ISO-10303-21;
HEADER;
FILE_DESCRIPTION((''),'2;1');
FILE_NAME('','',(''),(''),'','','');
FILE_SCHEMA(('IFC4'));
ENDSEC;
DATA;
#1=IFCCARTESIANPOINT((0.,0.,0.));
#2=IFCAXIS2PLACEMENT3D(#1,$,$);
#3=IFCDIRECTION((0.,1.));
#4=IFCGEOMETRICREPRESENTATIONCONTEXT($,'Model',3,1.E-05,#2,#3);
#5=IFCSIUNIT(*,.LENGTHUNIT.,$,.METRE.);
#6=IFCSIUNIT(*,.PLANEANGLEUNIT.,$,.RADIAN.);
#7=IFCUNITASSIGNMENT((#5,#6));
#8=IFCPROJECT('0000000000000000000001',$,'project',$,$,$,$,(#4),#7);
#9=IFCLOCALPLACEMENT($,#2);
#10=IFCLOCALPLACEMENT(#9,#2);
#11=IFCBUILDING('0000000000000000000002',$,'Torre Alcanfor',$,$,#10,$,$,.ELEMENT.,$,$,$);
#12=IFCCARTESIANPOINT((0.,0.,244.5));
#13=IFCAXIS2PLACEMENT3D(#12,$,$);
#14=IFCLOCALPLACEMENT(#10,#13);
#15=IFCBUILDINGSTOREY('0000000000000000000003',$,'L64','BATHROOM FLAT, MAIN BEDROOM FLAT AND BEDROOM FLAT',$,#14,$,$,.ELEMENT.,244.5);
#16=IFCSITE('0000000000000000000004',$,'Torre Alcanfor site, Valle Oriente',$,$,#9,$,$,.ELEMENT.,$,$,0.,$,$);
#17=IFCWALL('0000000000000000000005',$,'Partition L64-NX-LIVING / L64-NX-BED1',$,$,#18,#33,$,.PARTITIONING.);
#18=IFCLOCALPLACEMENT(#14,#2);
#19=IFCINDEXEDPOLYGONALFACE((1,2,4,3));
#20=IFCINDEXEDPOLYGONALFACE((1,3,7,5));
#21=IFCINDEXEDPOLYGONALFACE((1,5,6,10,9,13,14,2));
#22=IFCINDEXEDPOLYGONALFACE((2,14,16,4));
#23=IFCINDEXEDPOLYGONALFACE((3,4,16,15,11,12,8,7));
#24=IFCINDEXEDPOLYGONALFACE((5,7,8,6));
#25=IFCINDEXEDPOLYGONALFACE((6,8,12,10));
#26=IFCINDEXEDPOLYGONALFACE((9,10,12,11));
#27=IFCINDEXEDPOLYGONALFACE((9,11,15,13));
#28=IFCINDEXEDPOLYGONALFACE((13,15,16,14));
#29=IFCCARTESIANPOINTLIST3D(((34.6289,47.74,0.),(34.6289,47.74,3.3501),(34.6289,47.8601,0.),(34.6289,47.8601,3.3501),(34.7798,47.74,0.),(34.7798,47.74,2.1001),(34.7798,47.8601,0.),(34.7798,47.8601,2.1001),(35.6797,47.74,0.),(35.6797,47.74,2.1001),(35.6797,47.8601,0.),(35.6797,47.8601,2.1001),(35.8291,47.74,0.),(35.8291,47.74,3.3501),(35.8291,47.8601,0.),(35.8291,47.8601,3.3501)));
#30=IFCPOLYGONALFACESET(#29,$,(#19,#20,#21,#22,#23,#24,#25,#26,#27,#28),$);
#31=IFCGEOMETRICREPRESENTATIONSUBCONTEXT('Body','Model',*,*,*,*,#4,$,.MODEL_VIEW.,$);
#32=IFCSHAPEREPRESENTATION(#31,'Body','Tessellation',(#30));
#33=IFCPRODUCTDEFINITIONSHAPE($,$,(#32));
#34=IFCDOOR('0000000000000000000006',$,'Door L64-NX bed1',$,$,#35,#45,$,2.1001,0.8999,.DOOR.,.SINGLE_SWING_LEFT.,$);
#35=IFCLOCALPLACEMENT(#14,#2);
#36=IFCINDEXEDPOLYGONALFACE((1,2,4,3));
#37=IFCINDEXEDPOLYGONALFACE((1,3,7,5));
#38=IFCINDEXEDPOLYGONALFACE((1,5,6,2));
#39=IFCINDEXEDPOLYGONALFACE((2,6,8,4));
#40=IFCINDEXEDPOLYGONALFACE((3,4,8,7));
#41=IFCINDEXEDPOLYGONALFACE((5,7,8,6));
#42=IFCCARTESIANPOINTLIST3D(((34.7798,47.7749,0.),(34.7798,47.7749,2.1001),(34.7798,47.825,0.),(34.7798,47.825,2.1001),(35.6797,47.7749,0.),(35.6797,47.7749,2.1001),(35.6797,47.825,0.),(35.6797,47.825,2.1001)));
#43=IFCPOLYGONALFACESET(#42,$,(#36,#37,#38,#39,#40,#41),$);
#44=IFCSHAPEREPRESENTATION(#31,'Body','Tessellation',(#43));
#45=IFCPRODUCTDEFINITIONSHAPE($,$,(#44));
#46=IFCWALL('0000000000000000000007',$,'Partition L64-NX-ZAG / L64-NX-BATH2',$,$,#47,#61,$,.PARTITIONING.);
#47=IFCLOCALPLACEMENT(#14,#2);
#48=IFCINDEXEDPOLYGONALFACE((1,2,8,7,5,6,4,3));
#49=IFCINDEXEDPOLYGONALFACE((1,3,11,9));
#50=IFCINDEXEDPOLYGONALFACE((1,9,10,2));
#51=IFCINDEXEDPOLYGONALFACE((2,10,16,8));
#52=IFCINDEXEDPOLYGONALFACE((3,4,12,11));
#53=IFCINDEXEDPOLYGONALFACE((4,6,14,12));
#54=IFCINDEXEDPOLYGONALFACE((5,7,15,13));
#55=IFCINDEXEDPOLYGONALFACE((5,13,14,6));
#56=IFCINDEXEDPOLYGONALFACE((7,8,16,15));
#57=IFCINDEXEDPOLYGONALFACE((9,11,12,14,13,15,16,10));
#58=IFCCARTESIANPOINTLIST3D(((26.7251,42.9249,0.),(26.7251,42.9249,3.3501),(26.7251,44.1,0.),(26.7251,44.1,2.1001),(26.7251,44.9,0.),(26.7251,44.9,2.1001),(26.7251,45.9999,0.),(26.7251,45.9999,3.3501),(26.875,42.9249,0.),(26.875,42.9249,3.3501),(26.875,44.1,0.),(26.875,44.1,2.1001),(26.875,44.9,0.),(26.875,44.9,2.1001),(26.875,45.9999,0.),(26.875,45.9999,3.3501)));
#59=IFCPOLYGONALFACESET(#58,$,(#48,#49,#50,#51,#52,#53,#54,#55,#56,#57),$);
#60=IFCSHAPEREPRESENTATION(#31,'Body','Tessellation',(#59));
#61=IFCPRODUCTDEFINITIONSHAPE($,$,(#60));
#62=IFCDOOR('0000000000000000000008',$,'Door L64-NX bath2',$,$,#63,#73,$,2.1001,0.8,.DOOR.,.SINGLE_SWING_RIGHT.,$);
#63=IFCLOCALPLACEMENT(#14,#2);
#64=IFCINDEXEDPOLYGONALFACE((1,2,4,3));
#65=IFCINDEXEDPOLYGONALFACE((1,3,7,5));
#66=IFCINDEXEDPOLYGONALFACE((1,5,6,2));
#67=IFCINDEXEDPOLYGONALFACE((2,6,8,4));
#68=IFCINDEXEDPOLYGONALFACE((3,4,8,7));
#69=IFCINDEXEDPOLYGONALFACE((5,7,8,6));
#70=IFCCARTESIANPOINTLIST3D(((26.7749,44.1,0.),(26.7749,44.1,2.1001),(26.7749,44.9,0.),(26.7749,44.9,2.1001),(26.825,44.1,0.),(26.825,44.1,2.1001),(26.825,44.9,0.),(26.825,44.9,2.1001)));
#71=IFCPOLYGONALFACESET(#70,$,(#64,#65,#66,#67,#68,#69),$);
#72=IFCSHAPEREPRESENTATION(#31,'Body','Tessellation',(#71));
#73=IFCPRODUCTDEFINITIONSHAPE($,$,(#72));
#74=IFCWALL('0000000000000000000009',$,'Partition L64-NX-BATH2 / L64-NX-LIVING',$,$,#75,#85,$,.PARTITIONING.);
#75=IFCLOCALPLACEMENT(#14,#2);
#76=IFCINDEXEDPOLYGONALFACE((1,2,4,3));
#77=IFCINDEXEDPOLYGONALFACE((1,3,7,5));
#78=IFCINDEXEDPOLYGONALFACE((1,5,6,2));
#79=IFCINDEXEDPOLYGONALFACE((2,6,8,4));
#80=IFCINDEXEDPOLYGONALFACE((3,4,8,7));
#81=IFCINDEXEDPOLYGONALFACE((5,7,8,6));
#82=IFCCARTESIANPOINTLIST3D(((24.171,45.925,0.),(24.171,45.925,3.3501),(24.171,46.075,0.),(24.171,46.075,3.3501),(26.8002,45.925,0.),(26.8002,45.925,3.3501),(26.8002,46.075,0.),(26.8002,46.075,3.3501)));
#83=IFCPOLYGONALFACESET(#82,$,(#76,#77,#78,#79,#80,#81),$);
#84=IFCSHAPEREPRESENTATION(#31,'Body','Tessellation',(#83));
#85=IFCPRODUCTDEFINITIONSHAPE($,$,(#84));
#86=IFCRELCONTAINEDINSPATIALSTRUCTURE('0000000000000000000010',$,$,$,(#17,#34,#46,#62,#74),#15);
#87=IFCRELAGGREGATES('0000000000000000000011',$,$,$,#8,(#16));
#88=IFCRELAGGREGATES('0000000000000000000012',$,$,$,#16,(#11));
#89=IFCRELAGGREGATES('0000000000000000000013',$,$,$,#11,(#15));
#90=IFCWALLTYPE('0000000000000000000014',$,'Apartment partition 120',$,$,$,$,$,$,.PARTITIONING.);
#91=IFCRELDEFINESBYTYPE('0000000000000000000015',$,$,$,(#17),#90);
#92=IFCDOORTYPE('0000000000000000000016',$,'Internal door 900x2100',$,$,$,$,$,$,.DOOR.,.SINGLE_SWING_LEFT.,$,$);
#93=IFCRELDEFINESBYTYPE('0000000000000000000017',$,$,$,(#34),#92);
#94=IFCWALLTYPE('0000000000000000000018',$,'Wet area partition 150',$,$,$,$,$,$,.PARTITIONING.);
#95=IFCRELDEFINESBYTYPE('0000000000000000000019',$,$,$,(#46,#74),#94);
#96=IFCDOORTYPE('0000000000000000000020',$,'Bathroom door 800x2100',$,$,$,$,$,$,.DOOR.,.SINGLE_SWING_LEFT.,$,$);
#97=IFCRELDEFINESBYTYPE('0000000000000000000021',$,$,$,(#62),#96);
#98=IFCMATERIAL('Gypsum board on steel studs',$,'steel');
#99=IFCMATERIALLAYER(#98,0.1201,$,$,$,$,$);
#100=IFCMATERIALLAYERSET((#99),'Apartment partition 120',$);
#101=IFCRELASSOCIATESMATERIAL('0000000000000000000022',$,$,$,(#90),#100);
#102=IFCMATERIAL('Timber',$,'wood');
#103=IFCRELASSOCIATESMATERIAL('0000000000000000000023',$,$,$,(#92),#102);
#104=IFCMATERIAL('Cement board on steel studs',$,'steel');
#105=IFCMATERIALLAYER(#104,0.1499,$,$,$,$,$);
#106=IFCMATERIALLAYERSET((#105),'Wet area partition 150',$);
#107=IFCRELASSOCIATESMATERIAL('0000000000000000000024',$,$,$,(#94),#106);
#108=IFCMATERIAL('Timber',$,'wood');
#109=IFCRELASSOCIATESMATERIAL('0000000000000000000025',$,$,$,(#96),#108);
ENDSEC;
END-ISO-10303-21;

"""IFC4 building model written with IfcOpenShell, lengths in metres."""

from ifc_helpers import new_model, si_unit, direction, frame, frame_2d, origin, place, context, subcontext, project, spatial, rectangle, extrude, material, layer, layer_set, type_object, element, fill, save


model = new_model("IFC4")

# Units and contexts
model_context = context("Model", 3, precision=1e-05, world=origin(), true_north=direction((0.0, 1.0)))
body_context = subcontext(model_context, "Body", "Model", "MODEL_VIEW")
ifc_project = project(units=[si_unit("LENGTHUNIT", "METRE"), si_unit("PLANEANGLEUNIT", "RADIAN")], contexts=[model_context])

# Site, building, storey
site_placement = place(None, origin())
site = spatial("IfcSite", under=ifc_project, at=site_placement, Name="Torre Alcanfor site, Valle Oriente", CompositionType="ELEMENT", RefElevation=0.0)
building_placement = place(site_placement, origin())
building = spatial("IfcBuilding", under=site, at=building_placement, Name="Torre Alcanfor", CompositionType="ELEMENT")
storey_placement = place(building_placement, frame((0.0, 0.0, 244.5)))
storey = spatial("IfcBuildingStorey", under=building, at=storey_placement, Name="L64", Description="BATHROOM FLAT, MAIN BEDROOM FLAT AND BEDROOM FLAT", CompositionType="ELEMENT", Elevation=244.5)

# Shared definitions
ifc_material_1 = material(Name="Gypsum board on steel studs", Category="steel")
ifc_layer_1 = layer(ifc_material_1, 0.1201)
ifc_layer_set_1 = layer_set([ifc_layer_1], Name="Apartment partition 120")
wall_type_1 = type_object("IfcWallType", Name="Apartment partition 120", PredefinedType="PARTITIONING", material=ifc_layer_set_1)
ifc_material_2 = material(Name="Timber", Category="wood")
door_type_1 = type_object("IfcDoorType", Name="Internal door 900x2100", OperationType="SINGLE_SWING_LEFT", PredefinedType="DOOR", material=ifc_material_2)

# Walls, openings, doors
wall_1_placement = place(storey_placement, frame((34.6289, 47.8, 0.0), z_axis=(0.0, 0.0, 1.0), x_axis=(1.0, 0.0, 0.0)))
wall_1 = element("IfcWall", 1, at=wall_1_placement, inside=storey, type_object=wall_type_1, Name="Partition L64-NX-LIVING / L64-NX-BED1", PredefinedType="PARTITIONING", context=body_context, shape_type="SweptSolid", body=[
    extrude(rectangle(XDim=1.2002, YDim=0.1201, at=frame_2d((0.6001, 0.0))), origin(), (0.0, 0.0, 1.0), 3.3501),
])
opening_1_placement = place(wall_1_placement, frame((0.1509, 0.0, 0.0)))
opening_1 = element("IfcOpeningElement", 2, at=opening_1_placement, cuts=wall_1, PredefinedType="OPENING", context=body_context, shape_type="SweptSolid", body=[
    extrude(rectangle(XDim=0.8999, YDim=2.1001, at=frame_2d((0.45, 1.05))), frame((0.0, 0.0701, 0.0), z_axis=(0.0, -1.0, 0.0), x_axis=(1.0, 0.0, 0.0)), (0.0, 0.0, 1.0), 0.1401),
])
door_1_placement = place(opening_1_placement, origin())
door_1 = element("IfcDoor", 3, at=door_1_placement, inside=storey, type_object=door_type_1, Name="Door L64-NX bed1", OperationType="SINGLE_SWING_LEFT", OverallHeight=2.1001, OverallWidth=0.8999, PredefinedType="DOOR", context=body_context, shape_type="SweptSolid", body=[
    extrude(rectangle(XDim=0.8999, YDim=2.1001, at=frame_2d((0.45, 1.05))), frame((0.0, 0.0249, 0.0), z_axis=(0.0, -1.0, 0.0), x_axis=(1.0, 0.0, 0.0)), (0.0, 0.0, 1.0), 0.05),
])
fill(opening_1, door_1)
ifc_material_3 = material(Name="Cement board on steel studs", Category="steel")
ifc_layer_2 = layer(ifc_material_3, 0.1499)
ifc_layer_set_2 = layer_set([ifc_layer_2], Name="Wet area partition 150")
wall_type_2 = type_object("IfcWallType", Name="Wet area partition 150", PredefinedType="PARTITIONING", material=ifc_layer_set_2)
wall_2_placement = place(storey_placement, frame((26.8, 46.0, 0.0), z_axis=(0.0, 0.0, 1.0), x_axis=(0.0, -1.0, 0.0)))
wall_2 = element("IfcWall", 4, at=wall_2_placement, inside=storey, type_object=wall_type_2, Name="Partition L64-NX-ZAG / L64-NX-BATH2", PredefinedType="PARTITIONING", context=body_context, shape_type="SweptSolid", body=[
    extrude(rectangle(XDim=3.075, YDim=0.1499, at=frame_2d((1.5376, 0.0))), origin(), (0.0, 0.0, 1.0), 3.3501),
])
opening_2_placement = place(wall_2_placement, frame((1.1001, 0.0, 0.0)))
opening_2 = element("IfcOpeningElement", 5, at=opening_2_placement, cuts=wall_2, PredefinedType="OPENING", context=body_context, shape_type="SweptSolid", body=[
    extrude(rectangle(XDim=0.8, YDim=2.1001, at=frame_2d((0.3999, 1.05))), frame((0.0, 0.085, 0.0), z_axis=(0.0, -1.0, 0.0), x_axis=(1.0, 0.0, 0.0)), (0.0, 0.0, 1.0), 0.1699),
])
ifc_material_4 = material(Name="Timber", Category="wood")
door_type_2 = type_object("IfcDoorType", Name="Bathroom door 800x2100", OperationType="SINGLE_SWING_LEFT", PredefinedType="DOOR", material=ifc_material_4)
door_2_placement = place(opening_2_placement, frame((0.8, 0.0, 0.0), z_axis=(0.0, 0.0, 1.0), x_axis=(-1.0, 0.0, 0.0)))
door_2 = element("IfcDoor", 6, at=door_2_placement, inside=storey, type_object=door_type_2, Name="Door L64-NX bath2", OperationType="SINGLE_SWING_RIGHT", OverallHeight=2.1001, OverallWidth=0.8, PredefinedType="DOOR", context=body_context, shape_type="SweptSolid", body=[
    extrude(rectangle(XDim=0.8, YDim=2.1001, at=frame_2d((0.4001, 1.05))), frame((0.0, 0.0251, 0.0), z_axis=(0.0, -1.0, 0.0), x_axis=(1.0, 0.0, 0.0)), (0.0, 0.0, 1.0), 0.05),
])
fill(opening_2, door_2)

# Wall
wall_3_placement = place(storey_placement, frame((26.8, 46.0, 0.0), z_axis=(0.0, 0.0, 1.0), x_axis=(-1.0, 0.0, 0.0)))
element("IfcWall", 7, at=wall_3_placement, inside=storey, type_object=wall_type_2, Name="Partition L64-NX-BATH2 / L64-NX-LIVING", PredefinedType="PARTITIONING", context=body_context, shape_type="SweptSolid", body=[
    extrude(rectangle(XDim=2.6292, YDim=0.1499, at=frame_2d((1.3145, 0.0))), origin(), (0.0, 0.0, 1.0), 3.3501),
])

save(model, "model.ifc")
